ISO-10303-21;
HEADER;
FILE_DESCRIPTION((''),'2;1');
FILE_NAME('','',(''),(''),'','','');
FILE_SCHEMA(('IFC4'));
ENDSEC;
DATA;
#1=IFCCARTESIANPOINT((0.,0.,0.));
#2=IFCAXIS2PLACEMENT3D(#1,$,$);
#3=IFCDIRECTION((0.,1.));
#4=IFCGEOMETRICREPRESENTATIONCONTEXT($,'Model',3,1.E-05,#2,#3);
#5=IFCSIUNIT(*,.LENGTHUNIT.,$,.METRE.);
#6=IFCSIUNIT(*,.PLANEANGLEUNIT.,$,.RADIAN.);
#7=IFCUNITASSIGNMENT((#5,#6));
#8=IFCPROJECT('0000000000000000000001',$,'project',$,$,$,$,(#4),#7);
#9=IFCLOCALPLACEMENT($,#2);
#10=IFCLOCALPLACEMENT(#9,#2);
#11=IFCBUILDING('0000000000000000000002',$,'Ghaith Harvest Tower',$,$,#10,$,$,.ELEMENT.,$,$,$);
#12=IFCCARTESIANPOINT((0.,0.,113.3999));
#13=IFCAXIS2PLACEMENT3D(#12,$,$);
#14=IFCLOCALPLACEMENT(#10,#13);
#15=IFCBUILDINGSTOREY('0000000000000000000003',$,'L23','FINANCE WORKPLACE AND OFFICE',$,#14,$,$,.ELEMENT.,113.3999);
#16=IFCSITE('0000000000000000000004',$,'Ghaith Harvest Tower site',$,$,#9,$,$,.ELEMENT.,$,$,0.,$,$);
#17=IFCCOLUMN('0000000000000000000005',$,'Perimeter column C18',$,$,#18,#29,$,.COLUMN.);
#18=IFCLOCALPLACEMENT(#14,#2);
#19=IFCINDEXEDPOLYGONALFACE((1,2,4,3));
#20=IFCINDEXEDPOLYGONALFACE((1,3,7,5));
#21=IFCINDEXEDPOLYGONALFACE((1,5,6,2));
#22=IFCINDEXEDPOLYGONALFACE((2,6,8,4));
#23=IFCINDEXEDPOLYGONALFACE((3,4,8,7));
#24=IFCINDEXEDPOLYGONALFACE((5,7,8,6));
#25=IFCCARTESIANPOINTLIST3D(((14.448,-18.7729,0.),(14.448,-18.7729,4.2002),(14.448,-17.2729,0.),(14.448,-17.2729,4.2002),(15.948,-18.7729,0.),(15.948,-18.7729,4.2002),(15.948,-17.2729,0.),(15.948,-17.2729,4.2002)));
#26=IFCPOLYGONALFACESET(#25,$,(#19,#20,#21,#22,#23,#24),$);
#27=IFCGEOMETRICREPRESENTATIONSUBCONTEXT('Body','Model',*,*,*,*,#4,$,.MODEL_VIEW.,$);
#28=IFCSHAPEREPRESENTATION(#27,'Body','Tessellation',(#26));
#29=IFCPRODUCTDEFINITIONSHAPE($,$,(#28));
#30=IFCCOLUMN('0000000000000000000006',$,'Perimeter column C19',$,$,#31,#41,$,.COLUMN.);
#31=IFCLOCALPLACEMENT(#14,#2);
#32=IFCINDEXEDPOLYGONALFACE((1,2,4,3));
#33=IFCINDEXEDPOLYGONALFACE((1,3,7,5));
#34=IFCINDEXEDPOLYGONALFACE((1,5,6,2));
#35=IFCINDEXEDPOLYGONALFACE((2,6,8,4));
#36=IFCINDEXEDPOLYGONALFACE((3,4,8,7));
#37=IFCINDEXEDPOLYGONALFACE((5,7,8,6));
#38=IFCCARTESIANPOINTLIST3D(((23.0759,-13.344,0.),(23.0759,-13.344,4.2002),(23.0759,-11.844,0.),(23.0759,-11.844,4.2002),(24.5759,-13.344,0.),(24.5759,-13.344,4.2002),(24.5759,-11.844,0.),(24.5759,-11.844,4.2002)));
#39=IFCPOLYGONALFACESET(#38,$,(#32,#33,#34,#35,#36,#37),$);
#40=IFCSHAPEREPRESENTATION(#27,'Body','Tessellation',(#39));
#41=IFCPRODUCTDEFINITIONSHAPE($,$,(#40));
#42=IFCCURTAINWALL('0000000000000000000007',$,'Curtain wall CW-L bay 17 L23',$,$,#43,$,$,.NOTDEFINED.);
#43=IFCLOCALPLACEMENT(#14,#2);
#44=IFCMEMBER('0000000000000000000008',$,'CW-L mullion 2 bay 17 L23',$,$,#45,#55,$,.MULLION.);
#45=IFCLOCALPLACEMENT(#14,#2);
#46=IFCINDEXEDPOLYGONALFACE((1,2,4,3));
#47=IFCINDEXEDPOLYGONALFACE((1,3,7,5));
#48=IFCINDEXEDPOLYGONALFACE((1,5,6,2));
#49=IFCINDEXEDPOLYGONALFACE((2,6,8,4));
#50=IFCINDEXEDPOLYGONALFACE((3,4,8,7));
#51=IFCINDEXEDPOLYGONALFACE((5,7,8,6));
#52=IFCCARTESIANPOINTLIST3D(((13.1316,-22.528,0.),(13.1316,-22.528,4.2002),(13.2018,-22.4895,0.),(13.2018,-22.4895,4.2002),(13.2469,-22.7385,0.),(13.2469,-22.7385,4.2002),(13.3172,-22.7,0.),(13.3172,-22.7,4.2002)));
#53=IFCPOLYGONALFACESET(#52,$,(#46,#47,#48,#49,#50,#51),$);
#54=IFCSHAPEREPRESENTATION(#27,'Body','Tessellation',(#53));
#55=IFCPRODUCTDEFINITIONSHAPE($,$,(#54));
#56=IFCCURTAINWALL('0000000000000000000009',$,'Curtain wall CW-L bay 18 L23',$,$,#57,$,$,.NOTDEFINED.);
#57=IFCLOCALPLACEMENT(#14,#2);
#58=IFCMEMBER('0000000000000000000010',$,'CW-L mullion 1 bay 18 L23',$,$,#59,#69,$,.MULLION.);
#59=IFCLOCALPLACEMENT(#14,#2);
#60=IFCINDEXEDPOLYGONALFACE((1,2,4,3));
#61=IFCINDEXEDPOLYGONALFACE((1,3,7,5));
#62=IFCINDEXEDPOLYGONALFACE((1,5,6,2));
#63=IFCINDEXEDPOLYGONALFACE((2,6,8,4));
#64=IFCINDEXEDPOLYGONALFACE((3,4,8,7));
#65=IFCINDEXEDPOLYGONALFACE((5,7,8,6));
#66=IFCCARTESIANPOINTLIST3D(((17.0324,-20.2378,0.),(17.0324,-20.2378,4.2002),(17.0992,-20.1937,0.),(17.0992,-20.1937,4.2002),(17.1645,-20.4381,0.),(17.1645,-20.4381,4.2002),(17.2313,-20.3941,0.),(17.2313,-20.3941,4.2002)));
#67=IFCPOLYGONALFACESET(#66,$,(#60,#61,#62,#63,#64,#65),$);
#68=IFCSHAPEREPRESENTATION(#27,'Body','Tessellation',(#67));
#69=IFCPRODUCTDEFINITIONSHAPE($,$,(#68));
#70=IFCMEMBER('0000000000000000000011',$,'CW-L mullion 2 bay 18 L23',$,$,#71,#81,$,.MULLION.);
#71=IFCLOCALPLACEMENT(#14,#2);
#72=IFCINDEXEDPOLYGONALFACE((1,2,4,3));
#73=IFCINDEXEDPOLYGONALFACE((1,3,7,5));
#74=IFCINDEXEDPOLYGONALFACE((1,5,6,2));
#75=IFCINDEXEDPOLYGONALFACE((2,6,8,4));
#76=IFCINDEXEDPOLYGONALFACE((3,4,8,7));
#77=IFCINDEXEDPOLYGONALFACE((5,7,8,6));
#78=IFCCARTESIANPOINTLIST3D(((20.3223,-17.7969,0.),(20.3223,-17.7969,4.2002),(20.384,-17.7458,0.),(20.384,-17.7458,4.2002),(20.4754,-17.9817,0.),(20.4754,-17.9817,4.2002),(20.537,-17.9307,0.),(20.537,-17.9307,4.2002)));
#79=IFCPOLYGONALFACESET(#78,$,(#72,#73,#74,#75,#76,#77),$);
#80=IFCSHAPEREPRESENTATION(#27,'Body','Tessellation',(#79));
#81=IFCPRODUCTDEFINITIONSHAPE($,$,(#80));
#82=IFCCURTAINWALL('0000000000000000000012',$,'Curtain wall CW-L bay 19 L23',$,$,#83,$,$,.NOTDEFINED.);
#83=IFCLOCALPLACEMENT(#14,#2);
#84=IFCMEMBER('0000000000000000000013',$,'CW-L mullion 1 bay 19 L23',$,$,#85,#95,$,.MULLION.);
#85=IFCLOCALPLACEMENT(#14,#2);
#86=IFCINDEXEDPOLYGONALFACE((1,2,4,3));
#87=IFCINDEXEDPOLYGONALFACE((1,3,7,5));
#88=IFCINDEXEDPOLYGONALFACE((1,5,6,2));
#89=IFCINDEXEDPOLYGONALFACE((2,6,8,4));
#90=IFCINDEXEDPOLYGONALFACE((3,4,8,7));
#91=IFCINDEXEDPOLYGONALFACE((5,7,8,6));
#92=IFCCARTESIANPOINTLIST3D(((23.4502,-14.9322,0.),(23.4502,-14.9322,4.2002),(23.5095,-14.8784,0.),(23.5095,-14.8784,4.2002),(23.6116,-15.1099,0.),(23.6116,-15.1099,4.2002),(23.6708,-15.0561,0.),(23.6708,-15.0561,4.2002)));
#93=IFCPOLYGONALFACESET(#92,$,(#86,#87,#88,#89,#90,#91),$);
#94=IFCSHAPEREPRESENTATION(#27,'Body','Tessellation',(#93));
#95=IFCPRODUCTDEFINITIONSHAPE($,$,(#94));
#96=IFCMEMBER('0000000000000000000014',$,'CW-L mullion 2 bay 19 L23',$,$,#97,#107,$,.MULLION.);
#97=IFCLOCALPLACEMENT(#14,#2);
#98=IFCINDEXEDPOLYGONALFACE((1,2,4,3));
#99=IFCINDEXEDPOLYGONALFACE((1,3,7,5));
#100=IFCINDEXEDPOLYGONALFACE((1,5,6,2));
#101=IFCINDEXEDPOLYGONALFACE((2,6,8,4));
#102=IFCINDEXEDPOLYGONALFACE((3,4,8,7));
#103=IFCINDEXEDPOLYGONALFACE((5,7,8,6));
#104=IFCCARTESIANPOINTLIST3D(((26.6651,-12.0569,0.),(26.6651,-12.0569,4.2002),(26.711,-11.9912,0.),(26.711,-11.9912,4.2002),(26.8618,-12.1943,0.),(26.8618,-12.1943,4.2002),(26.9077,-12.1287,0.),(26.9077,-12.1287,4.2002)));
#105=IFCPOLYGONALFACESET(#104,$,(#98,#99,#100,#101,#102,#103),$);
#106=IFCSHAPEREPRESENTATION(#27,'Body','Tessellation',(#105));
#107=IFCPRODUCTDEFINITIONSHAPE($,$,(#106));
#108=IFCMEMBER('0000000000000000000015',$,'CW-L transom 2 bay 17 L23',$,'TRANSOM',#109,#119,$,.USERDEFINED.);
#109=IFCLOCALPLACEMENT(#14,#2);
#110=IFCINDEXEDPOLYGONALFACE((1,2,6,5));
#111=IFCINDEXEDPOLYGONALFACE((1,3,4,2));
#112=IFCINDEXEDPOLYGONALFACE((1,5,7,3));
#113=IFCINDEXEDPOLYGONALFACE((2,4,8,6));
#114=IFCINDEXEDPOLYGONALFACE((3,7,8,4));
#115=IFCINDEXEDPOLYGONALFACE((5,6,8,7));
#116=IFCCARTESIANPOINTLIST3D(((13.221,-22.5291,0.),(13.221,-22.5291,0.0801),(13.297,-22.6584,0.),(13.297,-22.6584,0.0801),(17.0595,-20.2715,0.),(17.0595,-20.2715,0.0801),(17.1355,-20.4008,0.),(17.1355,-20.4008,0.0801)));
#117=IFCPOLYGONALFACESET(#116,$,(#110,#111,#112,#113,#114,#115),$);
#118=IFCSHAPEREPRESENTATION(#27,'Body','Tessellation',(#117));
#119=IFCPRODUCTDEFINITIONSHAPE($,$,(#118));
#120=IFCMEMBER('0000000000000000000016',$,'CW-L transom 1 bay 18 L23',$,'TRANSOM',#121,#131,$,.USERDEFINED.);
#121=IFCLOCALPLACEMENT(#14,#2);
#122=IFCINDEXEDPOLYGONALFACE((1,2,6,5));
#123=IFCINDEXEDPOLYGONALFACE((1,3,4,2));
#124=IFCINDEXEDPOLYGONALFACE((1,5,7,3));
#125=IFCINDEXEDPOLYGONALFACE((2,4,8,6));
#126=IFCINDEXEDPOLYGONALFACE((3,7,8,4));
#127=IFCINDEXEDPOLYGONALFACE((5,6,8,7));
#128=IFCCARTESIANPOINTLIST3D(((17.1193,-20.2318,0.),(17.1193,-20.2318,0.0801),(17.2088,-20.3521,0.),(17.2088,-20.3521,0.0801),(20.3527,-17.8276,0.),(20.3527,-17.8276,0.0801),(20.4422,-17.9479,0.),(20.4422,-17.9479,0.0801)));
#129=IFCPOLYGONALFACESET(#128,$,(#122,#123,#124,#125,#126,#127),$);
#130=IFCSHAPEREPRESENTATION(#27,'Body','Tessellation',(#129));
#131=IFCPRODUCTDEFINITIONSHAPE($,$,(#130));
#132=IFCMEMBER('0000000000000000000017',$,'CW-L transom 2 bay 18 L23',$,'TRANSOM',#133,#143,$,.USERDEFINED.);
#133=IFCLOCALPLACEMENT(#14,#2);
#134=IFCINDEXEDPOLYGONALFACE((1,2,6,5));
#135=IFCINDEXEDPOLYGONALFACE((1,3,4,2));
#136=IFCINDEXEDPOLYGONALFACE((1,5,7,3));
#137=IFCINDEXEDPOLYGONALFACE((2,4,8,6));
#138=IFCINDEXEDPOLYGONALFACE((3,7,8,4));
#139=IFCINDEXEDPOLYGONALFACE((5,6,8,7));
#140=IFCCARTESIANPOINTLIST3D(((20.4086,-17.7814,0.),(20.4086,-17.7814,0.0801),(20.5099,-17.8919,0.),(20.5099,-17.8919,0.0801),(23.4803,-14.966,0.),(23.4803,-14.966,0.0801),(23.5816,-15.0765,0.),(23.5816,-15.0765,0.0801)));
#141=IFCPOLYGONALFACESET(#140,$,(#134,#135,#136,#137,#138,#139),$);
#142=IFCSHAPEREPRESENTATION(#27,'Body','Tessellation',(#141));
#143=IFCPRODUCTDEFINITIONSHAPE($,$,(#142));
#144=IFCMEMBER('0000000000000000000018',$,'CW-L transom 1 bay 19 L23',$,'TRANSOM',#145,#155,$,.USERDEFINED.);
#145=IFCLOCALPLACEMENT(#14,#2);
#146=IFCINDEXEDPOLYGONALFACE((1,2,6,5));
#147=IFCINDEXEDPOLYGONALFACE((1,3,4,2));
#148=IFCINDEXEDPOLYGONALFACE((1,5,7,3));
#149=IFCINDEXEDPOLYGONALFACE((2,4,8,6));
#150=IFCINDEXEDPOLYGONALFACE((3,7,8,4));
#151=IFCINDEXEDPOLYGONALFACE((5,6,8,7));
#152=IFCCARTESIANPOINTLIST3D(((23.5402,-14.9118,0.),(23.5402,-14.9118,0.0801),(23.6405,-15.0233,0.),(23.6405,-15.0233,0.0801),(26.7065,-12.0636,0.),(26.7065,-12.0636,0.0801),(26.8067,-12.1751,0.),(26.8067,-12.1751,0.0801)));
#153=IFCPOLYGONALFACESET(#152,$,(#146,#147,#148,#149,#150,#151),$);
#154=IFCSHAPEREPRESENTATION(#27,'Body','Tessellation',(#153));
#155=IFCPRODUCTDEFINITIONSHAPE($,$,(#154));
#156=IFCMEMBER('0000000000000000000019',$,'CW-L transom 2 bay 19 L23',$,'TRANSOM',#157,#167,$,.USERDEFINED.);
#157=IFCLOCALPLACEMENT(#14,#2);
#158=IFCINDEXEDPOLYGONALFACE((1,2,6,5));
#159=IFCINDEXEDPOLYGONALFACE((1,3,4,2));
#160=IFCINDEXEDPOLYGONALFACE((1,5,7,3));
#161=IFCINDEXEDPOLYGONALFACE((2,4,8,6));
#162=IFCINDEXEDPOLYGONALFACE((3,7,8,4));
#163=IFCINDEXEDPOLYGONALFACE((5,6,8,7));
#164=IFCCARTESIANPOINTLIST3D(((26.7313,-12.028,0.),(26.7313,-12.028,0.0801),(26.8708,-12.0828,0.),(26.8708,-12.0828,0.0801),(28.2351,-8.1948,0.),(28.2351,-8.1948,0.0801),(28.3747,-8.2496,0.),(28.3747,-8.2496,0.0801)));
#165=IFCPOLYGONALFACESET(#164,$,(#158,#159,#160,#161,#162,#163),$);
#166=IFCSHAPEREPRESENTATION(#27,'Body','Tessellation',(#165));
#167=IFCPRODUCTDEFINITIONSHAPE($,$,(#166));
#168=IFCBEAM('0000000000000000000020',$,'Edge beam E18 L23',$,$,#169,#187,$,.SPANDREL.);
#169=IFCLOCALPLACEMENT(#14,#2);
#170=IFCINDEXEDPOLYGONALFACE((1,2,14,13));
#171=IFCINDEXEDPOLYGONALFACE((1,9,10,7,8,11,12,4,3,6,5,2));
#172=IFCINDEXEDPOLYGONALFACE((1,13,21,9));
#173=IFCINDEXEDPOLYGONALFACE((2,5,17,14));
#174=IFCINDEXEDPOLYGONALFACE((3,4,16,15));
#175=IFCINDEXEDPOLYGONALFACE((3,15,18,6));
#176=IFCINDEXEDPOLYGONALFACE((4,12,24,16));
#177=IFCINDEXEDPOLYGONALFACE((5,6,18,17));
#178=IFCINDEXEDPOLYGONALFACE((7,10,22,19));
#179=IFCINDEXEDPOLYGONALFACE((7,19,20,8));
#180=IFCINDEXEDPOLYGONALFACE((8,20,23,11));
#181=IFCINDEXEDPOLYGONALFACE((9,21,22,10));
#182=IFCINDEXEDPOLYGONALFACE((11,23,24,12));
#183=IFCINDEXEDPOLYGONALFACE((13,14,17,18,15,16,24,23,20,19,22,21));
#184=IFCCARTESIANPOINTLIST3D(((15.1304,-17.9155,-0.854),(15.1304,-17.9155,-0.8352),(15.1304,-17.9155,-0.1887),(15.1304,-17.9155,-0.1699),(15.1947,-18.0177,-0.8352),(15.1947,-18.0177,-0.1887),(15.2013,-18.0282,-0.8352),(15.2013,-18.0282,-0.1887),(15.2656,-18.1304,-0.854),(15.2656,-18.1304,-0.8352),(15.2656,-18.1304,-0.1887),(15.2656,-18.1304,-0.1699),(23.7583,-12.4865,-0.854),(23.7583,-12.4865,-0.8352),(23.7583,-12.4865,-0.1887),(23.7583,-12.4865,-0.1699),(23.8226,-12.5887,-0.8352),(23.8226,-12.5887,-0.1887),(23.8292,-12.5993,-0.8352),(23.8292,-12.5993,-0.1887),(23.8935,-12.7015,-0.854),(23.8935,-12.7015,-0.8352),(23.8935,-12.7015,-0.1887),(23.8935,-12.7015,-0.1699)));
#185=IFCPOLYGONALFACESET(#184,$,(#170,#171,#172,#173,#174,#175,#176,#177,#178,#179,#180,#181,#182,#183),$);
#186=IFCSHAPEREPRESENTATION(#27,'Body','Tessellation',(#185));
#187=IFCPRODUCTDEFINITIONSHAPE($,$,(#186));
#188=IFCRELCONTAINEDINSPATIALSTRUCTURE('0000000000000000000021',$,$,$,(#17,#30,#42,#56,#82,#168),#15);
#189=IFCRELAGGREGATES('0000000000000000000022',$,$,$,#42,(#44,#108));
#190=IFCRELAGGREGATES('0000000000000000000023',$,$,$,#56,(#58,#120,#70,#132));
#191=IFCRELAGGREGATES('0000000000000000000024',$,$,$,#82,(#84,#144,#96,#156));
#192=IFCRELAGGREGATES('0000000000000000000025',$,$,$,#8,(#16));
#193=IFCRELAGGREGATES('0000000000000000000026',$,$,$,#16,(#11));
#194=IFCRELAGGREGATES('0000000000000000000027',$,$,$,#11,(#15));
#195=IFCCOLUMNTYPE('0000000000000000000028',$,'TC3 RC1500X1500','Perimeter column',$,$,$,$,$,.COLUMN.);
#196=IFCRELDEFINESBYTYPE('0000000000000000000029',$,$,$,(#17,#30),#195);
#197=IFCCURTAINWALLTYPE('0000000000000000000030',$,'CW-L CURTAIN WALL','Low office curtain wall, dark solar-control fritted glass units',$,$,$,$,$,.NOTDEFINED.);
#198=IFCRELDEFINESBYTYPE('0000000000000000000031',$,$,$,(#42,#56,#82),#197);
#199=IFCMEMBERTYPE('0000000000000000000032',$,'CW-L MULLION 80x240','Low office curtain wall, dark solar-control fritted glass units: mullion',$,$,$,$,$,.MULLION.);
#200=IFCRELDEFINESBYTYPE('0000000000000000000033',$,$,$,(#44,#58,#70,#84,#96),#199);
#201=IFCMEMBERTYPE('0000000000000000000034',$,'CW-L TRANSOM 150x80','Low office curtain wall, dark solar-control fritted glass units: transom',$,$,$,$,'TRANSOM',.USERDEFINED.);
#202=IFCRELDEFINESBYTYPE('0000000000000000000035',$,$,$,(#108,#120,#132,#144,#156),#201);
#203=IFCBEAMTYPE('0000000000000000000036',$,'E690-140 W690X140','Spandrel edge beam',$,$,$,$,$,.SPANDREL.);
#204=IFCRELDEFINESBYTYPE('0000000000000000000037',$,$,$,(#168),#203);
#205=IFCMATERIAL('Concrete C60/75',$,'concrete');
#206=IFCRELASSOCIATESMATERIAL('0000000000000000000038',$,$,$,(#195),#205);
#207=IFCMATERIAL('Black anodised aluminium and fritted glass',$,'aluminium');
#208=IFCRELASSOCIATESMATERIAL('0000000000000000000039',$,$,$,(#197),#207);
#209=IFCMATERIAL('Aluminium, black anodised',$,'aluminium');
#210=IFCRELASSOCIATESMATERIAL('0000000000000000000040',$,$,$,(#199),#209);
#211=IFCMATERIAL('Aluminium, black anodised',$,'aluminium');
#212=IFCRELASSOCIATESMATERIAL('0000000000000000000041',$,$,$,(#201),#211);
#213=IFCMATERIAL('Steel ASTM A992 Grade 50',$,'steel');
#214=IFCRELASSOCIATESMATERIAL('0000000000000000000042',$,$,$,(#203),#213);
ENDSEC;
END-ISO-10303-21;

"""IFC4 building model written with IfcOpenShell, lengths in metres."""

from ifc_helpers import new_model, si_unit, direction, frame, origin, origin_2d, place, context, subcontext, project, spatial, rectangle, i_section, extrude, material, material_profile, profile_set, type_object, element, aggregate, save


model = new_model("IFC4")

# Units and contexts
model_context = context("Model", 3, precision=1e-05, world=origin(), true_north=direction((0.0, 1.0)))
body_context = subcontext(model_context, "Body", "Model", "MODEL_VIEW")
ifc_project = project(units=[si_unit("LENGTHUNIT", "METRE"), si_unit("PLANEANGLEUNIT", "RADIAN")], contexts=[model_context])

# Site, building, storey
site_placement = place(None, origin())
site = spatial("IfcSite", under=ifc_project, at=site_placement, Name="Ghaith Harvest Tower site", CompositionType="ELEMENT", RefElevation=0.0)
building_placement = place(site_placement, origin())
building = spatial("IfcBuilding", under=site, at=building_placement, Name="Ghaith Harvest Tower", CompositionType="ELEMENT")
storey_placement = place(building_placement, frame((0.0, 0.0, 113.3999)))
storey = spatial("IfcBuildingStorey", under=building, at=storey_placement, Name="L23", Description="FINANCE WORKPLACE AND OFFICE", CompositionType="ELEMENT", Elevation=113.3999)

# Columns
ifc_material_1 = material(Name="Concrete C60/75", Category="concrete")
ifc_material_profile_1 = material_profile(ifc_material_1, rectangle(XDim=1.5, YDim=1.5, at=origin_2d()), Name="RC1500X1500")
ifc_profile_set_1 = profile_set([ifc_material_profile_1], Name="Concrete C60/75")
column_type = type_object("IfcColumnType", Name="TC3 RC1500X1500", Description="Perimeter column", PredefinedType="COLUMN", material=ifc_profile_set_1)
for number, where, z_axis, x_axis, name in (
    (1, (15.198, -18.0229, 0.0), (0.0, 0.0, 1.0), (1.0, 0.0, 0.0), "Perimeter column C18"),
    (2, (23.8259, -12.594, 0.0), (0.0, 0.0, 1.0), (1.0, 0.0, 0.0), "Perimeter column C19"),
):
    element("IfcColumn", number, at=place(storey_placement, frame(where, z_axis=z_axis, x_axis=x_axis)), inside=storey, type_object=column_type, Name=name, PredefinedType="COLUMN", context=body_context, shape_type="SweptSolid", body=[
        extrude(rectangle(XDim=1.5, YDim=1.5, at=origin_2d()), origin(), (0.0, 0.0, 1.0), 4.2002),
    ])

# Curtain wall, member
ifc_material_2 = material(Name="Black anodised aluminium and fritted glass", Category="aluminium")
curtain_wall_type = type_object("IfcCurtainWallType", Name="CW-L CURTAIN WALL", Description="Low office curtain wall, dark solar-control fritted glass units", PredefinedType="NOTDEFINED", material=ifc_material_2)
curtain_wall_1_placement = place(storey_placement, origin())
curtain_wall_1 = element("IfcCurtainWall", 3, at=curtain_wall_1_placement, inside=storey, type_object=curtain_wall_type, Name="Curtain wall CW-L bay 17 L23", PredefinedType="NOTDEFINED")
ifc_material_3 = material(Name="Aluminium, black anodised", Category="aluminium")
ifc_material_profile_2 = material_profile(ifc_material_3, rectangle(XDim=0.0801, YDim=0.24, at=origin_2d()), Name="CW-L MULLION 80x240")
ifc_profile_set_2 = profile_set([ifc_material_profile_2], Name="Aluminium, black anodised")
member_type_1 = type_object("IfcMemberType", Name="CW-L MULLION 80x240", Description="Low office curtain wall, dark solar-control fritted glass units: mullion", PredefinedType="MULLION", material=ifc_profile_set_2)
member_1_placement = place(storey_placement, frame((13.2244, -22.614, 0.0), z_axis=(0.0, 0.0, 1.0), x_axis=(0.876899, 0.480675, 0.0)))
member_1 = element("IfcMember", 4, at=member_1_placement, type_object=member_type_1, Name="CW-L mullion 2 bay 17 L23", PredefinedType="MULLION", context=body_context, shape_type="SweptSolid", body=[
    extrude(rectangle(XDim=0.0801, YDim=0.24, at=origin_2d()), origin(), (0.0, 0.0, 1.0), 4.2002),
])

# Curtain walls, members
curtain_wall_2_placement = place(storey_placement, origin())
curtain_wall_2 = element("IfcCurtainWall", 5, at=curtain_wall_2_placement, inside=storey, type_object=curtain_wall_type, Name="Curtain wall CW-L bay 18 L23", PredefinedType="NOTDEFINED")
member_2_placement = place(storey_placement, frame((17.1318, -20.3159, 0.0), z_axis=(0.0, 0.0, 1.0), x_axis=(0.834887, 0.550421, 0.0)))
member_2 = element("IfcMember", 6, at=member_2_placement, type_object=member_type_1, Name="CW-L mullion 1 bay 18 L23", PredefinedType="MULLION", context=body_context, shape_type="SweptSolid", body=[
    extrude(rectangle(XDim=0.0801, YDim=0.24, at=origin_2d()), origin(), (0.0, 0.0, 1.0), 4.2002),
])
member_3_placement = place(storey_placement, frame((20.4297, -17.8638, 0.0), z_axis=(0.0, 0.0, 1.0), x_axis=(0.770306, 0.637674, 0.0)))
member_3 = element("IfcMember", 7, at=member_3_placement, type_object=member_type_1, Name="CW-L mullion 2 bay 18 L23", PredefinedType="MULLION", context=body_context, shape_type="SweptSolid", body=[
    extrude(rectangle(XDim=0.0801, YDim=0.24, at=origin_2d()), origin(), (0.0, 0.0, 1.0), 4.2002),
])
curtain_wall_3_placement = place(storey_placement, origin())
curtain_wall_3 = element("IfcCurtainWall", 8, at=curtain_wall_3_placement, inside=storey, type_object=curtain_wall_type, Name="Curtain wall CW-L bay 19 L23", PredefinedType="NOTDEFINED")
member_4_placement = place(storey_placement, frame((23.5605, -14.9941, 0.0), z_axis=(0.0, 0.0, 1.0), x_axis=(0.740389, 0.672179, 0.0)))
member_4 = element("IfcMember", 9, at=member_4_placement, type_object=member_type_1, Name="CW-L mullion 1 bay 19 L23", PredefinedType="MULLION", context=body_context, shape_type="SweptSolid", body=[
    extrude(rectangle(XDim=0.0801, YDim=0.24, at=origin_2d()), origin(), (0.0, 0.0, 1.0), 4.2002),
])
member_5_placement = place(storey_placement, frame((26.7864, -12.0928, 0.0), z_axis=(0.0, 0.0, 1.0), x_axis=(0.572853, 0.819658, 0.0)))
member_5 = element("IfcMember", 10, at=member_5_placement, type_object=member_type_1, Name="CW-L mullion 2 bay 19 L23", PredefinedType="MULLION", context=body_context, shape_type="SweptSolid", body=[
    extrude(rectangle(XDim=0.0801, YDim=0.24, at=origin_2d()), origin(), (0.0, 0.0, 1.0), 4.2002),
])

# Members
ifc_material_4 = material(Name="Aluminium, black anodised", Category="aluminium")
ifc_material_profile_3 = material_profile(ifc_material_4, rectangle(XDim=0.1499, YDim=0.0801, at=origin_2d()), Name="CW-L TRANSOM 150x80")
ifc_profile_set_3 = profile_set([ifc_material_profile_3], Name="Aluminium, black anodised")
member_type_2 = type_object("IfcMemberType", Name="CW-L TRANSOM 150x80", Description="Low office curtain wall, dark solar-control fritted glass units: transom", ElementType="TRANSOM", PredefinedType="USERDEFINED", material=ifc_profile_set_3)
member_6_placement = place(storey_placement, frame((13.259, -22.5938, 0.04), z_axis=(0.861964, 0.50697, 0.0), x_axis=(-0.50697, 0.861964, 0.0)))
member_6 = element("IfcMember", 11, at=member_6_placement, type_object=member_type_2, Name="CW-L transom 2 bay 17 L23", ObjectType="TRANSOM", PredefinedType="USERDEFINED", context=body_context, shape_type="SweptSolid", body=[
    extrude(rectangle(XDim=0.1499, YDim=0.0801, at=origin_2d()), origin(), (0.0, 0.0, 1.0), 4.4531),
])
member_7_placement = place(storey_placement, frame((17.1641, -20.292, 0.04), z_axis=(0.802465, 0.596699, 0.0), x_axis=(-0.596699, 0.802465, 0.0)))
member_7 = element("IfcMember", 12, at=member_7_placement, type_object=member_type_2, Name="CW-L transom 1 bay 18 L23", ObjectType="TRANSOM", PredefinedType="USERDEFINED", context=body_context, shape_type="SweptSolid", body=[
    extrude(rectangle(XDim=0.1499, YDim=0.0801, at=origin_2d()), origin(), (0.0, 0.0, 1.0), 4.0293),
])
member_8_placement = place(storey_placement, frame((20.4592, -17.8367, 0.04), z_axis=(0.737198, 0.675677, 0.0), x_axis=(-0.675677, 0.737198, 0.0)))
member_8 = element("IfcMember", 13, at=member_8_placement, type_object=member_type_2, Name="CW-L transom 2 bay 18 L23", ObjectType="TRANSOM", PredefinedType="USERDEFINED", context=body_context, shape_type="SweptSolid", body=[
    extrude(rectangle(XDim=0.1499, YDim=0.0801, at=origin_2d()), origin(), (0.0, 0.0, 1.0), 4.1667),
])
member_9_placement = place(storey_placement, frame((23.5903, -14.9675, 0.04), z_axis=(0.743468, 0.668772, 0.0), x_axis=(-0.668772, 0.743468, 0.0)))
member_9 = element("IfcMember", 14, at=member_9_placement, type_object=member_type_2, Name="CW-L transom 1 bay 19 L23", ObjectType="TRANSOM", PredefinedType="USERDEFINED", context=body_context, shape_type="SweptSolid", body=[
    extrude(rectangle(XDim=0.1499, YDim=0.0801, at=origin_2d()), origin(), (0.0, 0.0, 1.0), 4.2588),
])
member_10_placement = place(storey_placement, frame((26.801, -12.0554, 0.04), z_axis=(0.365229, 0.930918, 0.0), x_axis=(-0.930918, 0.365229, 0.0)))
member_10 = element("IfcMember", 15, at=member_10_placement, type_object=member_type_2, Name="CW-L transom 2 bay 19 L23", ObjectType="TRANSOM", PredefinedType="USERDEFINED", context=body_context, shape_type="SweptSolid", body=[
    extrude(rectangle(XDim=0.1499, YDim=0.0801, at=origin_2d()), origin(), (0.0, 0.0, 1.0), 4.1177),
])

# Beam
ifc_material_5 = material(Name="Steel ASTM A992 Grade 50", Category="steel")
ifc_material_profile_4 = material_profile(ifc_material_5, i_section(OverallWidth=0.2539, OverallDepth=0.6841, WebThickness=0.0125, FlangeThickness=0.0188, at=origin_2d()), Name="W690X140")
ifc_profile_set_4 = profile_set([ifc_material_profile_4], Name="Steel ASTM A992 Grade 50")
beam_type_1 = type_object("IfcBeamType", Name="E690-140 W690X140", Description="Spandrel edge beam", PredefinedType="SPANDREL", material=ifc_profile_set_4)
beam_1_placement = place(storey_placement, frame((15.198, -18.0229, -0.512), z_axis=(0.846385, 0.532571, 0.0), x_axis=(-0.532571, 0.846385, 0.0)))
element("IfcBeam", 16, at=beam_1_placement, inside=storey, type_object=beam_type_1, Name="Edge beam E18 L23", PredefinedType="SPANDREL", context=body_context, shape_type="SweptSolid", body=[
    extrude(i_section(OverallWidth=0.2539, OverallDepth=0.6841, WebThickness=0.0125, FlangeThickness=0.0188, at=origin_2d()), origin(), (0.0, 0.0, 1.0), 10.1938),
])

aggregate(curtain_wall_1, [member_1, member_6])
aggregate(curtain_wall_2, [member_2, member_7, member_3, member_8])
aggregate(curtain_wall_3, [member_4, member_9, member_5, member_10])

save(model, "model.ifc")
